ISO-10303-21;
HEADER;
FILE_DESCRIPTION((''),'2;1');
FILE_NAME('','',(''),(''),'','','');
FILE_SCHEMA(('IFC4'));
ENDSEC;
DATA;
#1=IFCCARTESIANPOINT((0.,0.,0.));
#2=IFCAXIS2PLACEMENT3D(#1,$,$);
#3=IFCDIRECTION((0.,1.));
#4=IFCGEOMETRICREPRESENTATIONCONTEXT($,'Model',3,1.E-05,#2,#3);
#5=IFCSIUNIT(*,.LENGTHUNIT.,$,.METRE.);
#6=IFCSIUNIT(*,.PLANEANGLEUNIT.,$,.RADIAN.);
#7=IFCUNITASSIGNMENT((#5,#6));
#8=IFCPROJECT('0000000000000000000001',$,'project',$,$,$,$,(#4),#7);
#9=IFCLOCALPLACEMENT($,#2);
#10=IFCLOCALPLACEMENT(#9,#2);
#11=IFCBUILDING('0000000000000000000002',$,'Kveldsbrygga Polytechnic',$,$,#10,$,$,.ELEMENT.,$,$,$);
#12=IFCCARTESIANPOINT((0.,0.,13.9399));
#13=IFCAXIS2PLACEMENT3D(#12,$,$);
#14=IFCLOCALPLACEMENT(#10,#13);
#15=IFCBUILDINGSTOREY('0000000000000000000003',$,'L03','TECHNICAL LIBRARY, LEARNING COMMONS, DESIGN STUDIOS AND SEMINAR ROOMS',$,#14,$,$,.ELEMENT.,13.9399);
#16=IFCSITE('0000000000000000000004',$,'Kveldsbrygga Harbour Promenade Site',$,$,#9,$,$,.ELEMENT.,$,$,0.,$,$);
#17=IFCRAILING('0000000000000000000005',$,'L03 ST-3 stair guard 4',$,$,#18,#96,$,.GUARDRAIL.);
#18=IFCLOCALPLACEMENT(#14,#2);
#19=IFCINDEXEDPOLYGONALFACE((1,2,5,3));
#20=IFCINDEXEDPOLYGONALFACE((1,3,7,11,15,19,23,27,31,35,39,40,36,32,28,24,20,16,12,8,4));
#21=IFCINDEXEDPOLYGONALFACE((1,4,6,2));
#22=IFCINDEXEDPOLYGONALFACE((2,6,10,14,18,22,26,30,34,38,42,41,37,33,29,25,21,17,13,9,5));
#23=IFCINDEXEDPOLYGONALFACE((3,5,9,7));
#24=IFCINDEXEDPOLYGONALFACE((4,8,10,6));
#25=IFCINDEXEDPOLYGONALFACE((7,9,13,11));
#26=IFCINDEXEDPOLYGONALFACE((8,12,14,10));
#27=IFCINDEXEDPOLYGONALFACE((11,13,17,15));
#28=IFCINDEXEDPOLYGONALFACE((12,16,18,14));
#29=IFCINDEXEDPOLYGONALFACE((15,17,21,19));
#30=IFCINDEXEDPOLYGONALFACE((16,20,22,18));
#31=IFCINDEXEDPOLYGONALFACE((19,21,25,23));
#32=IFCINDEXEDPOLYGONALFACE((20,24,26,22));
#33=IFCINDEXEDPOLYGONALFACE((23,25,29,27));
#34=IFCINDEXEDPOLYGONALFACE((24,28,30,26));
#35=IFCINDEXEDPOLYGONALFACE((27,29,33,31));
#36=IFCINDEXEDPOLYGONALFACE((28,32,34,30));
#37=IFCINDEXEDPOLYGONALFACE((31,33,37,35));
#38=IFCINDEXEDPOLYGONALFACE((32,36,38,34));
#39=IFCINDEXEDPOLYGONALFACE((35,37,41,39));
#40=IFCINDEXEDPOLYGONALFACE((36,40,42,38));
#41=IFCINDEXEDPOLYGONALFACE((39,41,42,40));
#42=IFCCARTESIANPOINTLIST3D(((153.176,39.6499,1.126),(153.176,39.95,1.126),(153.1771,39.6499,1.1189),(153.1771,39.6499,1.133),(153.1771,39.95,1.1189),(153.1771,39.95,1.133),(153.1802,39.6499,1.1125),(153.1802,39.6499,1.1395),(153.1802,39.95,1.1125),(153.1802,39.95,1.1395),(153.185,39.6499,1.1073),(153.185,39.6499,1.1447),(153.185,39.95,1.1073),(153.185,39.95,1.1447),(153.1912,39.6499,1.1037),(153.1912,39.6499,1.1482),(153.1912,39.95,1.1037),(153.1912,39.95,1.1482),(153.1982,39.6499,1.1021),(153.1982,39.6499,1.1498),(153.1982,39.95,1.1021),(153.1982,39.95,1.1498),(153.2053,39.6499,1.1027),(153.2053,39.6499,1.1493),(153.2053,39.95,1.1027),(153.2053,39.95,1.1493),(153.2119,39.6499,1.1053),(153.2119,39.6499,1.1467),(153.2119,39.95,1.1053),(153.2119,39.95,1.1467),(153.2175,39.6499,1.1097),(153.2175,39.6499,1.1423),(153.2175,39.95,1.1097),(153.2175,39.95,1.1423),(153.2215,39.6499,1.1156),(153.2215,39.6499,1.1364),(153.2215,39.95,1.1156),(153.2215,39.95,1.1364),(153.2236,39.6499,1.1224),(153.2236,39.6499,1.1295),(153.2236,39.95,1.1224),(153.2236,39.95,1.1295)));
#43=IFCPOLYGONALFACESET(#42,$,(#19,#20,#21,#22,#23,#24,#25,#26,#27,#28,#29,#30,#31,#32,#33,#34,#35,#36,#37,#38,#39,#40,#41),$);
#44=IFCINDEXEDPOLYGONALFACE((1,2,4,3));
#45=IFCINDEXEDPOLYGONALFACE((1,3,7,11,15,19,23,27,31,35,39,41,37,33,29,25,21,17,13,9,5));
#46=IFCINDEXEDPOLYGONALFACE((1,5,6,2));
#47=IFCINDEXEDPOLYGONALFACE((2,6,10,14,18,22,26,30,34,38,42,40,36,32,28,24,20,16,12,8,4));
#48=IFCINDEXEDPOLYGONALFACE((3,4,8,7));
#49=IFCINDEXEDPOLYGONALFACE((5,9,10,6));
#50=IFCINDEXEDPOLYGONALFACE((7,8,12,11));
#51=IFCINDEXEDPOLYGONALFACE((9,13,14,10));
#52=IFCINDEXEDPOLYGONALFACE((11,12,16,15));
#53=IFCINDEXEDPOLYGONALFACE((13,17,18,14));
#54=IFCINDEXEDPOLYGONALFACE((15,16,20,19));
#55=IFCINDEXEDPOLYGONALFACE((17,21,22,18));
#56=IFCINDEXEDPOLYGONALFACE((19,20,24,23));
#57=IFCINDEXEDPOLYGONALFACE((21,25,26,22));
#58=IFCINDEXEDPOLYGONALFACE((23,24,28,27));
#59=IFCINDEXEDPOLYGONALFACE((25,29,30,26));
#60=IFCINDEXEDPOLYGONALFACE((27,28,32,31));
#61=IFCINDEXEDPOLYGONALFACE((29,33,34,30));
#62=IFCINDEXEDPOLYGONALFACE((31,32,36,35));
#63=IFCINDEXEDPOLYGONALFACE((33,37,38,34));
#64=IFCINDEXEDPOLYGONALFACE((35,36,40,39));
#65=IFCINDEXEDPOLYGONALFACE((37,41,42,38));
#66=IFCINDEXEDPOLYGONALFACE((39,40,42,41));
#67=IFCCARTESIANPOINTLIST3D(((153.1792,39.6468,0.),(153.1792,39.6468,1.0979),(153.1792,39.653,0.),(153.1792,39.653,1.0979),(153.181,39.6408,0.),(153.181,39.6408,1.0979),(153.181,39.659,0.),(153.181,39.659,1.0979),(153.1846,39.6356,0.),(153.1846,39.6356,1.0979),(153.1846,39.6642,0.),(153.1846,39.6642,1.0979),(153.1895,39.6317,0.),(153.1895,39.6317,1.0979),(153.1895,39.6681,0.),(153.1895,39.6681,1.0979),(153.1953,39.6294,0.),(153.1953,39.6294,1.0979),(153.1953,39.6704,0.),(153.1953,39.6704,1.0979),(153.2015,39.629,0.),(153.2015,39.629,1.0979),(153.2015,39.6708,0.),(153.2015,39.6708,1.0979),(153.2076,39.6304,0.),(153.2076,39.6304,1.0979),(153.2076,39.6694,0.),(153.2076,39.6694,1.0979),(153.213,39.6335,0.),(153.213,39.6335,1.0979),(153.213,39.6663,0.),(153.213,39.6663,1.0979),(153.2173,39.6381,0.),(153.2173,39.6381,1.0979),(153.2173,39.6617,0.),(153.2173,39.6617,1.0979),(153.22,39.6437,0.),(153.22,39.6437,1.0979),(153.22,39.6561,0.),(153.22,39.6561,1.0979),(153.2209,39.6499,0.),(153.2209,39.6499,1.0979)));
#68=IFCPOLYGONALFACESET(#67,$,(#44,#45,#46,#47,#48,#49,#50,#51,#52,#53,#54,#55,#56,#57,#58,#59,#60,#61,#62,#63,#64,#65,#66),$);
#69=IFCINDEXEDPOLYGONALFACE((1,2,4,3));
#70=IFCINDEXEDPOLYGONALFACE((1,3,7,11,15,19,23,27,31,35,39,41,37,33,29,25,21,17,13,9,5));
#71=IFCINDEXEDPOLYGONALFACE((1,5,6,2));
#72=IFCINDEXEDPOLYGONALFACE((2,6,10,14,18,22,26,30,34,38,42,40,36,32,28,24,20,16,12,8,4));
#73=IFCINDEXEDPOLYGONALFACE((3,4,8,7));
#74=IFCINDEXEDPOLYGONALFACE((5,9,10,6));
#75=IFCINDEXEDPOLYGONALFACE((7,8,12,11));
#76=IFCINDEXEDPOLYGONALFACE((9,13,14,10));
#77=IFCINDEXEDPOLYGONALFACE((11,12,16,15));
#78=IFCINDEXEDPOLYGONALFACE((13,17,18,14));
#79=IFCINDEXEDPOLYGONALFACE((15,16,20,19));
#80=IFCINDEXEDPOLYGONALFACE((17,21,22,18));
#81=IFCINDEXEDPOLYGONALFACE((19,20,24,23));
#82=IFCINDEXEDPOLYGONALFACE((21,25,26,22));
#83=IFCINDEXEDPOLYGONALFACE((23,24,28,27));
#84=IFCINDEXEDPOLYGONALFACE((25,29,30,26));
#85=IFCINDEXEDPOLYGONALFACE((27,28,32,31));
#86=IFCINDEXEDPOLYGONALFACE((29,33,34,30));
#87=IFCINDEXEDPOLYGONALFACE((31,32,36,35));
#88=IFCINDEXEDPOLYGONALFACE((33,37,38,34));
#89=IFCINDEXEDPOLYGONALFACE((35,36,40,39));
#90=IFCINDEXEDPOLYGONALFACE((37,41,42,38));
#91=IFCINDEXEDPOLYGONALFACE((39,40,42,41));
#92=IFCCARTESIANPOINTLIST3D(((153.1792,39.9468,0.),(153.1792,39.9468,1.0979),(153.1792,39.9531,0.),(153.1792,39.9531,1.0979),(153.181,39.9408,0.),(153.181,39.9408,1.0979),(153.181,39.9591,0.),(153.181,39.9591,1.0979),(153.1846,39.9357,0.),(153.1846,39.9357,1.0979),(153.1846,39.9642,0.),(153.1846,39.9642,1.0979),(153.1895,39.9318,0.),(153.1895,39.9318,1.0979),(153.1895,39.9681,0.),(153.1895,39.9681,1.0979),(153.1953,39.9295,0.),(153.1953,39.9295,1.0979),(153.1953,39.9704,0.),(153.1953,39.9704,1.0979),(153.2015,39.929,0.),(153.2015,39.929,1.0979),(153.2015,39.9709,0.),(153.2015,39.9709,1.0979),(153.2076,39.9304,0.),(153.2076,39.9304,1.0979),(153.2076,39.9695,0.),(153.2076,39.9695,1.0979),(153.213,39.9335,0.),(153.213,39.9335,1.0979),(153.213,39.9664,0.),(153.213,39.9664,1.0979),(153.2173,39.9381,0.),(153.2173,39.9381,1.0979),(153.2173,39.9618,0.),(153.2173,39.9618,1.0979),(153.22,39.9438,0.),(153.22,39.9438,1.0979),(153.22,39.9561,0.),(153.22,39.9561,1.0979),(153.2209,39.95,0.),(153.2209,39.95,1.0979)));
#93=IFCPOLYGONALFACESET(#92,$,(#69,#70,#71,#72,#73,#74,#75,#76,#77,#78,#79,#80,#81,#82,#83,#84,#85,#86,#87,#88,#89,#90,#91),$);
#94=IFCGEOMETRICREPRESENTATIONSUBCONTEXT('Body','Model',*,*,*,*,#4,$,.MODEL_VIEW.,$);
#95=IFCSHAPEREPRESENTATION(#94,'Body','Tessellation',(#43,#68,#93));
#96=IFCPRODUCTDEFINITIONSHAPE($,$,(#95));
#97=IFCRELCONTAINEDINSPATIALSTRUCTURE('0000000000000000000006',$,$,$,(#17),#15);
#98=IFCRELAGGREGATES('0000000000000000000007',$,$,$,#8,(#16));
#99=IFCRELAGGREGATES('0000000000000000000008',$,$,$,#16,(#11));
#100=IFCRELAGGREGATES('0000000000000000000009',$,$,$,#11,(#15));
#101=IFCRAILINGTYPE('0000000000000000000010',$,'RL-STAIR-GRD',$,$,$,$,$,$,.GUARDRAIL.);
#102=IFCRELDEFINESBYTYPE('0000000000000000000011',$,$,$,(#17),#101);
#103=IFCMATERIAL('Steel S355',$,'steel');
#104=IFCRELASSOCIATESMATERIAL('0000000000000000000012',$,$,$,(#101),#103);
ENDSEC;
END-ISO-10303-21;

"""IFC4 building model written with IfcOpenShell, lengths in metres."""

from ifc_helpers import new_model, si_unit, direction, frame, origin, origin_2d, place, context, subcontext, project, spatial, circle, extrude, material, type_object, element, save


model = new_model("IFC4")

# Units and contexts
model_context = context("Model", 3, precision=1e-05, world=origin(), true_north=direction((0.0, 1.0)))
body_context = subcontext(model_context, "Body", "Model", "MODEL_VIEW")
ifc_project = project(units=[si_unit("LENGTHUNIT", "METRE"), si_unit("PLANEANGLEUNIT", "RADIAN")], contexts=[model_context])

# Site, building, storey
site_placement = place(None, origin())
site = spatial("IfcSite", under=ifc_project, at=site_placement, Name="Kveldsbrygga Harbour Promenade Site", CompositionType="ELEMENT", RefElevation=0.0)
building_placement = place(site_placement, origin())
building = spatial("IfcBuilding", under=site, at=building_placement, Name="Kveldsbrygga Polytechnic", CompositionType="ELEMENT")
storey_placement = place(building_placement, frame((0.0, 0.0, 13.9399)))
storey = spatial("IfcBuildingStorey", under=building, at=storey_placement, Name="L03", Description="TECHNICAL LIBRARY, LEARNING COMMONS, DESIGN STUDIOS AND SEMINAR ROOMS", CompositionType="ELEMENT", Elevation=13.9399)

# Railing
ifc_material_1 = material(Name="Steel S355", Category="steel")
railing_type_1 = type_object("IfcRailingType", Name="RL-STAIR-GRD", PredefinedType="GUARDRAIL", material=ifc_material_1)
railing_1_placement = place(storey_placement, frame((153.2, 39.6499, 0.0)))
element("IfcRailing", 1, at=railing_1_placement, inside=storey, type_object=railing_type_1, Name="L03 ST-3 stair guard 4", PredefinedType="GUARDRAIL", context=body_context, shape_type="SweptSolid", body=[
    extrude(circle(Radius=0.0239, at=origin_2d()), frame((0.0, 0.0, 1.126), z_axis=(0.0, 1.0, 0.0), x_axis=(-1.0, 0.0, 0.0)), (0.0, 0.0, 1.0), 0.3),
    extrude(circle(Radius=0.021, at=origin_2d()), origin(), (0.0, 0.0, 1.0), 1.0979),
    extrude(circle(Radius=0.021, at=origin_2d()), frame((0.0, 0.3, 0.0)), (0.0, 0.0, 1.0), 1.0979),
])

save(model, "model.ifc")
